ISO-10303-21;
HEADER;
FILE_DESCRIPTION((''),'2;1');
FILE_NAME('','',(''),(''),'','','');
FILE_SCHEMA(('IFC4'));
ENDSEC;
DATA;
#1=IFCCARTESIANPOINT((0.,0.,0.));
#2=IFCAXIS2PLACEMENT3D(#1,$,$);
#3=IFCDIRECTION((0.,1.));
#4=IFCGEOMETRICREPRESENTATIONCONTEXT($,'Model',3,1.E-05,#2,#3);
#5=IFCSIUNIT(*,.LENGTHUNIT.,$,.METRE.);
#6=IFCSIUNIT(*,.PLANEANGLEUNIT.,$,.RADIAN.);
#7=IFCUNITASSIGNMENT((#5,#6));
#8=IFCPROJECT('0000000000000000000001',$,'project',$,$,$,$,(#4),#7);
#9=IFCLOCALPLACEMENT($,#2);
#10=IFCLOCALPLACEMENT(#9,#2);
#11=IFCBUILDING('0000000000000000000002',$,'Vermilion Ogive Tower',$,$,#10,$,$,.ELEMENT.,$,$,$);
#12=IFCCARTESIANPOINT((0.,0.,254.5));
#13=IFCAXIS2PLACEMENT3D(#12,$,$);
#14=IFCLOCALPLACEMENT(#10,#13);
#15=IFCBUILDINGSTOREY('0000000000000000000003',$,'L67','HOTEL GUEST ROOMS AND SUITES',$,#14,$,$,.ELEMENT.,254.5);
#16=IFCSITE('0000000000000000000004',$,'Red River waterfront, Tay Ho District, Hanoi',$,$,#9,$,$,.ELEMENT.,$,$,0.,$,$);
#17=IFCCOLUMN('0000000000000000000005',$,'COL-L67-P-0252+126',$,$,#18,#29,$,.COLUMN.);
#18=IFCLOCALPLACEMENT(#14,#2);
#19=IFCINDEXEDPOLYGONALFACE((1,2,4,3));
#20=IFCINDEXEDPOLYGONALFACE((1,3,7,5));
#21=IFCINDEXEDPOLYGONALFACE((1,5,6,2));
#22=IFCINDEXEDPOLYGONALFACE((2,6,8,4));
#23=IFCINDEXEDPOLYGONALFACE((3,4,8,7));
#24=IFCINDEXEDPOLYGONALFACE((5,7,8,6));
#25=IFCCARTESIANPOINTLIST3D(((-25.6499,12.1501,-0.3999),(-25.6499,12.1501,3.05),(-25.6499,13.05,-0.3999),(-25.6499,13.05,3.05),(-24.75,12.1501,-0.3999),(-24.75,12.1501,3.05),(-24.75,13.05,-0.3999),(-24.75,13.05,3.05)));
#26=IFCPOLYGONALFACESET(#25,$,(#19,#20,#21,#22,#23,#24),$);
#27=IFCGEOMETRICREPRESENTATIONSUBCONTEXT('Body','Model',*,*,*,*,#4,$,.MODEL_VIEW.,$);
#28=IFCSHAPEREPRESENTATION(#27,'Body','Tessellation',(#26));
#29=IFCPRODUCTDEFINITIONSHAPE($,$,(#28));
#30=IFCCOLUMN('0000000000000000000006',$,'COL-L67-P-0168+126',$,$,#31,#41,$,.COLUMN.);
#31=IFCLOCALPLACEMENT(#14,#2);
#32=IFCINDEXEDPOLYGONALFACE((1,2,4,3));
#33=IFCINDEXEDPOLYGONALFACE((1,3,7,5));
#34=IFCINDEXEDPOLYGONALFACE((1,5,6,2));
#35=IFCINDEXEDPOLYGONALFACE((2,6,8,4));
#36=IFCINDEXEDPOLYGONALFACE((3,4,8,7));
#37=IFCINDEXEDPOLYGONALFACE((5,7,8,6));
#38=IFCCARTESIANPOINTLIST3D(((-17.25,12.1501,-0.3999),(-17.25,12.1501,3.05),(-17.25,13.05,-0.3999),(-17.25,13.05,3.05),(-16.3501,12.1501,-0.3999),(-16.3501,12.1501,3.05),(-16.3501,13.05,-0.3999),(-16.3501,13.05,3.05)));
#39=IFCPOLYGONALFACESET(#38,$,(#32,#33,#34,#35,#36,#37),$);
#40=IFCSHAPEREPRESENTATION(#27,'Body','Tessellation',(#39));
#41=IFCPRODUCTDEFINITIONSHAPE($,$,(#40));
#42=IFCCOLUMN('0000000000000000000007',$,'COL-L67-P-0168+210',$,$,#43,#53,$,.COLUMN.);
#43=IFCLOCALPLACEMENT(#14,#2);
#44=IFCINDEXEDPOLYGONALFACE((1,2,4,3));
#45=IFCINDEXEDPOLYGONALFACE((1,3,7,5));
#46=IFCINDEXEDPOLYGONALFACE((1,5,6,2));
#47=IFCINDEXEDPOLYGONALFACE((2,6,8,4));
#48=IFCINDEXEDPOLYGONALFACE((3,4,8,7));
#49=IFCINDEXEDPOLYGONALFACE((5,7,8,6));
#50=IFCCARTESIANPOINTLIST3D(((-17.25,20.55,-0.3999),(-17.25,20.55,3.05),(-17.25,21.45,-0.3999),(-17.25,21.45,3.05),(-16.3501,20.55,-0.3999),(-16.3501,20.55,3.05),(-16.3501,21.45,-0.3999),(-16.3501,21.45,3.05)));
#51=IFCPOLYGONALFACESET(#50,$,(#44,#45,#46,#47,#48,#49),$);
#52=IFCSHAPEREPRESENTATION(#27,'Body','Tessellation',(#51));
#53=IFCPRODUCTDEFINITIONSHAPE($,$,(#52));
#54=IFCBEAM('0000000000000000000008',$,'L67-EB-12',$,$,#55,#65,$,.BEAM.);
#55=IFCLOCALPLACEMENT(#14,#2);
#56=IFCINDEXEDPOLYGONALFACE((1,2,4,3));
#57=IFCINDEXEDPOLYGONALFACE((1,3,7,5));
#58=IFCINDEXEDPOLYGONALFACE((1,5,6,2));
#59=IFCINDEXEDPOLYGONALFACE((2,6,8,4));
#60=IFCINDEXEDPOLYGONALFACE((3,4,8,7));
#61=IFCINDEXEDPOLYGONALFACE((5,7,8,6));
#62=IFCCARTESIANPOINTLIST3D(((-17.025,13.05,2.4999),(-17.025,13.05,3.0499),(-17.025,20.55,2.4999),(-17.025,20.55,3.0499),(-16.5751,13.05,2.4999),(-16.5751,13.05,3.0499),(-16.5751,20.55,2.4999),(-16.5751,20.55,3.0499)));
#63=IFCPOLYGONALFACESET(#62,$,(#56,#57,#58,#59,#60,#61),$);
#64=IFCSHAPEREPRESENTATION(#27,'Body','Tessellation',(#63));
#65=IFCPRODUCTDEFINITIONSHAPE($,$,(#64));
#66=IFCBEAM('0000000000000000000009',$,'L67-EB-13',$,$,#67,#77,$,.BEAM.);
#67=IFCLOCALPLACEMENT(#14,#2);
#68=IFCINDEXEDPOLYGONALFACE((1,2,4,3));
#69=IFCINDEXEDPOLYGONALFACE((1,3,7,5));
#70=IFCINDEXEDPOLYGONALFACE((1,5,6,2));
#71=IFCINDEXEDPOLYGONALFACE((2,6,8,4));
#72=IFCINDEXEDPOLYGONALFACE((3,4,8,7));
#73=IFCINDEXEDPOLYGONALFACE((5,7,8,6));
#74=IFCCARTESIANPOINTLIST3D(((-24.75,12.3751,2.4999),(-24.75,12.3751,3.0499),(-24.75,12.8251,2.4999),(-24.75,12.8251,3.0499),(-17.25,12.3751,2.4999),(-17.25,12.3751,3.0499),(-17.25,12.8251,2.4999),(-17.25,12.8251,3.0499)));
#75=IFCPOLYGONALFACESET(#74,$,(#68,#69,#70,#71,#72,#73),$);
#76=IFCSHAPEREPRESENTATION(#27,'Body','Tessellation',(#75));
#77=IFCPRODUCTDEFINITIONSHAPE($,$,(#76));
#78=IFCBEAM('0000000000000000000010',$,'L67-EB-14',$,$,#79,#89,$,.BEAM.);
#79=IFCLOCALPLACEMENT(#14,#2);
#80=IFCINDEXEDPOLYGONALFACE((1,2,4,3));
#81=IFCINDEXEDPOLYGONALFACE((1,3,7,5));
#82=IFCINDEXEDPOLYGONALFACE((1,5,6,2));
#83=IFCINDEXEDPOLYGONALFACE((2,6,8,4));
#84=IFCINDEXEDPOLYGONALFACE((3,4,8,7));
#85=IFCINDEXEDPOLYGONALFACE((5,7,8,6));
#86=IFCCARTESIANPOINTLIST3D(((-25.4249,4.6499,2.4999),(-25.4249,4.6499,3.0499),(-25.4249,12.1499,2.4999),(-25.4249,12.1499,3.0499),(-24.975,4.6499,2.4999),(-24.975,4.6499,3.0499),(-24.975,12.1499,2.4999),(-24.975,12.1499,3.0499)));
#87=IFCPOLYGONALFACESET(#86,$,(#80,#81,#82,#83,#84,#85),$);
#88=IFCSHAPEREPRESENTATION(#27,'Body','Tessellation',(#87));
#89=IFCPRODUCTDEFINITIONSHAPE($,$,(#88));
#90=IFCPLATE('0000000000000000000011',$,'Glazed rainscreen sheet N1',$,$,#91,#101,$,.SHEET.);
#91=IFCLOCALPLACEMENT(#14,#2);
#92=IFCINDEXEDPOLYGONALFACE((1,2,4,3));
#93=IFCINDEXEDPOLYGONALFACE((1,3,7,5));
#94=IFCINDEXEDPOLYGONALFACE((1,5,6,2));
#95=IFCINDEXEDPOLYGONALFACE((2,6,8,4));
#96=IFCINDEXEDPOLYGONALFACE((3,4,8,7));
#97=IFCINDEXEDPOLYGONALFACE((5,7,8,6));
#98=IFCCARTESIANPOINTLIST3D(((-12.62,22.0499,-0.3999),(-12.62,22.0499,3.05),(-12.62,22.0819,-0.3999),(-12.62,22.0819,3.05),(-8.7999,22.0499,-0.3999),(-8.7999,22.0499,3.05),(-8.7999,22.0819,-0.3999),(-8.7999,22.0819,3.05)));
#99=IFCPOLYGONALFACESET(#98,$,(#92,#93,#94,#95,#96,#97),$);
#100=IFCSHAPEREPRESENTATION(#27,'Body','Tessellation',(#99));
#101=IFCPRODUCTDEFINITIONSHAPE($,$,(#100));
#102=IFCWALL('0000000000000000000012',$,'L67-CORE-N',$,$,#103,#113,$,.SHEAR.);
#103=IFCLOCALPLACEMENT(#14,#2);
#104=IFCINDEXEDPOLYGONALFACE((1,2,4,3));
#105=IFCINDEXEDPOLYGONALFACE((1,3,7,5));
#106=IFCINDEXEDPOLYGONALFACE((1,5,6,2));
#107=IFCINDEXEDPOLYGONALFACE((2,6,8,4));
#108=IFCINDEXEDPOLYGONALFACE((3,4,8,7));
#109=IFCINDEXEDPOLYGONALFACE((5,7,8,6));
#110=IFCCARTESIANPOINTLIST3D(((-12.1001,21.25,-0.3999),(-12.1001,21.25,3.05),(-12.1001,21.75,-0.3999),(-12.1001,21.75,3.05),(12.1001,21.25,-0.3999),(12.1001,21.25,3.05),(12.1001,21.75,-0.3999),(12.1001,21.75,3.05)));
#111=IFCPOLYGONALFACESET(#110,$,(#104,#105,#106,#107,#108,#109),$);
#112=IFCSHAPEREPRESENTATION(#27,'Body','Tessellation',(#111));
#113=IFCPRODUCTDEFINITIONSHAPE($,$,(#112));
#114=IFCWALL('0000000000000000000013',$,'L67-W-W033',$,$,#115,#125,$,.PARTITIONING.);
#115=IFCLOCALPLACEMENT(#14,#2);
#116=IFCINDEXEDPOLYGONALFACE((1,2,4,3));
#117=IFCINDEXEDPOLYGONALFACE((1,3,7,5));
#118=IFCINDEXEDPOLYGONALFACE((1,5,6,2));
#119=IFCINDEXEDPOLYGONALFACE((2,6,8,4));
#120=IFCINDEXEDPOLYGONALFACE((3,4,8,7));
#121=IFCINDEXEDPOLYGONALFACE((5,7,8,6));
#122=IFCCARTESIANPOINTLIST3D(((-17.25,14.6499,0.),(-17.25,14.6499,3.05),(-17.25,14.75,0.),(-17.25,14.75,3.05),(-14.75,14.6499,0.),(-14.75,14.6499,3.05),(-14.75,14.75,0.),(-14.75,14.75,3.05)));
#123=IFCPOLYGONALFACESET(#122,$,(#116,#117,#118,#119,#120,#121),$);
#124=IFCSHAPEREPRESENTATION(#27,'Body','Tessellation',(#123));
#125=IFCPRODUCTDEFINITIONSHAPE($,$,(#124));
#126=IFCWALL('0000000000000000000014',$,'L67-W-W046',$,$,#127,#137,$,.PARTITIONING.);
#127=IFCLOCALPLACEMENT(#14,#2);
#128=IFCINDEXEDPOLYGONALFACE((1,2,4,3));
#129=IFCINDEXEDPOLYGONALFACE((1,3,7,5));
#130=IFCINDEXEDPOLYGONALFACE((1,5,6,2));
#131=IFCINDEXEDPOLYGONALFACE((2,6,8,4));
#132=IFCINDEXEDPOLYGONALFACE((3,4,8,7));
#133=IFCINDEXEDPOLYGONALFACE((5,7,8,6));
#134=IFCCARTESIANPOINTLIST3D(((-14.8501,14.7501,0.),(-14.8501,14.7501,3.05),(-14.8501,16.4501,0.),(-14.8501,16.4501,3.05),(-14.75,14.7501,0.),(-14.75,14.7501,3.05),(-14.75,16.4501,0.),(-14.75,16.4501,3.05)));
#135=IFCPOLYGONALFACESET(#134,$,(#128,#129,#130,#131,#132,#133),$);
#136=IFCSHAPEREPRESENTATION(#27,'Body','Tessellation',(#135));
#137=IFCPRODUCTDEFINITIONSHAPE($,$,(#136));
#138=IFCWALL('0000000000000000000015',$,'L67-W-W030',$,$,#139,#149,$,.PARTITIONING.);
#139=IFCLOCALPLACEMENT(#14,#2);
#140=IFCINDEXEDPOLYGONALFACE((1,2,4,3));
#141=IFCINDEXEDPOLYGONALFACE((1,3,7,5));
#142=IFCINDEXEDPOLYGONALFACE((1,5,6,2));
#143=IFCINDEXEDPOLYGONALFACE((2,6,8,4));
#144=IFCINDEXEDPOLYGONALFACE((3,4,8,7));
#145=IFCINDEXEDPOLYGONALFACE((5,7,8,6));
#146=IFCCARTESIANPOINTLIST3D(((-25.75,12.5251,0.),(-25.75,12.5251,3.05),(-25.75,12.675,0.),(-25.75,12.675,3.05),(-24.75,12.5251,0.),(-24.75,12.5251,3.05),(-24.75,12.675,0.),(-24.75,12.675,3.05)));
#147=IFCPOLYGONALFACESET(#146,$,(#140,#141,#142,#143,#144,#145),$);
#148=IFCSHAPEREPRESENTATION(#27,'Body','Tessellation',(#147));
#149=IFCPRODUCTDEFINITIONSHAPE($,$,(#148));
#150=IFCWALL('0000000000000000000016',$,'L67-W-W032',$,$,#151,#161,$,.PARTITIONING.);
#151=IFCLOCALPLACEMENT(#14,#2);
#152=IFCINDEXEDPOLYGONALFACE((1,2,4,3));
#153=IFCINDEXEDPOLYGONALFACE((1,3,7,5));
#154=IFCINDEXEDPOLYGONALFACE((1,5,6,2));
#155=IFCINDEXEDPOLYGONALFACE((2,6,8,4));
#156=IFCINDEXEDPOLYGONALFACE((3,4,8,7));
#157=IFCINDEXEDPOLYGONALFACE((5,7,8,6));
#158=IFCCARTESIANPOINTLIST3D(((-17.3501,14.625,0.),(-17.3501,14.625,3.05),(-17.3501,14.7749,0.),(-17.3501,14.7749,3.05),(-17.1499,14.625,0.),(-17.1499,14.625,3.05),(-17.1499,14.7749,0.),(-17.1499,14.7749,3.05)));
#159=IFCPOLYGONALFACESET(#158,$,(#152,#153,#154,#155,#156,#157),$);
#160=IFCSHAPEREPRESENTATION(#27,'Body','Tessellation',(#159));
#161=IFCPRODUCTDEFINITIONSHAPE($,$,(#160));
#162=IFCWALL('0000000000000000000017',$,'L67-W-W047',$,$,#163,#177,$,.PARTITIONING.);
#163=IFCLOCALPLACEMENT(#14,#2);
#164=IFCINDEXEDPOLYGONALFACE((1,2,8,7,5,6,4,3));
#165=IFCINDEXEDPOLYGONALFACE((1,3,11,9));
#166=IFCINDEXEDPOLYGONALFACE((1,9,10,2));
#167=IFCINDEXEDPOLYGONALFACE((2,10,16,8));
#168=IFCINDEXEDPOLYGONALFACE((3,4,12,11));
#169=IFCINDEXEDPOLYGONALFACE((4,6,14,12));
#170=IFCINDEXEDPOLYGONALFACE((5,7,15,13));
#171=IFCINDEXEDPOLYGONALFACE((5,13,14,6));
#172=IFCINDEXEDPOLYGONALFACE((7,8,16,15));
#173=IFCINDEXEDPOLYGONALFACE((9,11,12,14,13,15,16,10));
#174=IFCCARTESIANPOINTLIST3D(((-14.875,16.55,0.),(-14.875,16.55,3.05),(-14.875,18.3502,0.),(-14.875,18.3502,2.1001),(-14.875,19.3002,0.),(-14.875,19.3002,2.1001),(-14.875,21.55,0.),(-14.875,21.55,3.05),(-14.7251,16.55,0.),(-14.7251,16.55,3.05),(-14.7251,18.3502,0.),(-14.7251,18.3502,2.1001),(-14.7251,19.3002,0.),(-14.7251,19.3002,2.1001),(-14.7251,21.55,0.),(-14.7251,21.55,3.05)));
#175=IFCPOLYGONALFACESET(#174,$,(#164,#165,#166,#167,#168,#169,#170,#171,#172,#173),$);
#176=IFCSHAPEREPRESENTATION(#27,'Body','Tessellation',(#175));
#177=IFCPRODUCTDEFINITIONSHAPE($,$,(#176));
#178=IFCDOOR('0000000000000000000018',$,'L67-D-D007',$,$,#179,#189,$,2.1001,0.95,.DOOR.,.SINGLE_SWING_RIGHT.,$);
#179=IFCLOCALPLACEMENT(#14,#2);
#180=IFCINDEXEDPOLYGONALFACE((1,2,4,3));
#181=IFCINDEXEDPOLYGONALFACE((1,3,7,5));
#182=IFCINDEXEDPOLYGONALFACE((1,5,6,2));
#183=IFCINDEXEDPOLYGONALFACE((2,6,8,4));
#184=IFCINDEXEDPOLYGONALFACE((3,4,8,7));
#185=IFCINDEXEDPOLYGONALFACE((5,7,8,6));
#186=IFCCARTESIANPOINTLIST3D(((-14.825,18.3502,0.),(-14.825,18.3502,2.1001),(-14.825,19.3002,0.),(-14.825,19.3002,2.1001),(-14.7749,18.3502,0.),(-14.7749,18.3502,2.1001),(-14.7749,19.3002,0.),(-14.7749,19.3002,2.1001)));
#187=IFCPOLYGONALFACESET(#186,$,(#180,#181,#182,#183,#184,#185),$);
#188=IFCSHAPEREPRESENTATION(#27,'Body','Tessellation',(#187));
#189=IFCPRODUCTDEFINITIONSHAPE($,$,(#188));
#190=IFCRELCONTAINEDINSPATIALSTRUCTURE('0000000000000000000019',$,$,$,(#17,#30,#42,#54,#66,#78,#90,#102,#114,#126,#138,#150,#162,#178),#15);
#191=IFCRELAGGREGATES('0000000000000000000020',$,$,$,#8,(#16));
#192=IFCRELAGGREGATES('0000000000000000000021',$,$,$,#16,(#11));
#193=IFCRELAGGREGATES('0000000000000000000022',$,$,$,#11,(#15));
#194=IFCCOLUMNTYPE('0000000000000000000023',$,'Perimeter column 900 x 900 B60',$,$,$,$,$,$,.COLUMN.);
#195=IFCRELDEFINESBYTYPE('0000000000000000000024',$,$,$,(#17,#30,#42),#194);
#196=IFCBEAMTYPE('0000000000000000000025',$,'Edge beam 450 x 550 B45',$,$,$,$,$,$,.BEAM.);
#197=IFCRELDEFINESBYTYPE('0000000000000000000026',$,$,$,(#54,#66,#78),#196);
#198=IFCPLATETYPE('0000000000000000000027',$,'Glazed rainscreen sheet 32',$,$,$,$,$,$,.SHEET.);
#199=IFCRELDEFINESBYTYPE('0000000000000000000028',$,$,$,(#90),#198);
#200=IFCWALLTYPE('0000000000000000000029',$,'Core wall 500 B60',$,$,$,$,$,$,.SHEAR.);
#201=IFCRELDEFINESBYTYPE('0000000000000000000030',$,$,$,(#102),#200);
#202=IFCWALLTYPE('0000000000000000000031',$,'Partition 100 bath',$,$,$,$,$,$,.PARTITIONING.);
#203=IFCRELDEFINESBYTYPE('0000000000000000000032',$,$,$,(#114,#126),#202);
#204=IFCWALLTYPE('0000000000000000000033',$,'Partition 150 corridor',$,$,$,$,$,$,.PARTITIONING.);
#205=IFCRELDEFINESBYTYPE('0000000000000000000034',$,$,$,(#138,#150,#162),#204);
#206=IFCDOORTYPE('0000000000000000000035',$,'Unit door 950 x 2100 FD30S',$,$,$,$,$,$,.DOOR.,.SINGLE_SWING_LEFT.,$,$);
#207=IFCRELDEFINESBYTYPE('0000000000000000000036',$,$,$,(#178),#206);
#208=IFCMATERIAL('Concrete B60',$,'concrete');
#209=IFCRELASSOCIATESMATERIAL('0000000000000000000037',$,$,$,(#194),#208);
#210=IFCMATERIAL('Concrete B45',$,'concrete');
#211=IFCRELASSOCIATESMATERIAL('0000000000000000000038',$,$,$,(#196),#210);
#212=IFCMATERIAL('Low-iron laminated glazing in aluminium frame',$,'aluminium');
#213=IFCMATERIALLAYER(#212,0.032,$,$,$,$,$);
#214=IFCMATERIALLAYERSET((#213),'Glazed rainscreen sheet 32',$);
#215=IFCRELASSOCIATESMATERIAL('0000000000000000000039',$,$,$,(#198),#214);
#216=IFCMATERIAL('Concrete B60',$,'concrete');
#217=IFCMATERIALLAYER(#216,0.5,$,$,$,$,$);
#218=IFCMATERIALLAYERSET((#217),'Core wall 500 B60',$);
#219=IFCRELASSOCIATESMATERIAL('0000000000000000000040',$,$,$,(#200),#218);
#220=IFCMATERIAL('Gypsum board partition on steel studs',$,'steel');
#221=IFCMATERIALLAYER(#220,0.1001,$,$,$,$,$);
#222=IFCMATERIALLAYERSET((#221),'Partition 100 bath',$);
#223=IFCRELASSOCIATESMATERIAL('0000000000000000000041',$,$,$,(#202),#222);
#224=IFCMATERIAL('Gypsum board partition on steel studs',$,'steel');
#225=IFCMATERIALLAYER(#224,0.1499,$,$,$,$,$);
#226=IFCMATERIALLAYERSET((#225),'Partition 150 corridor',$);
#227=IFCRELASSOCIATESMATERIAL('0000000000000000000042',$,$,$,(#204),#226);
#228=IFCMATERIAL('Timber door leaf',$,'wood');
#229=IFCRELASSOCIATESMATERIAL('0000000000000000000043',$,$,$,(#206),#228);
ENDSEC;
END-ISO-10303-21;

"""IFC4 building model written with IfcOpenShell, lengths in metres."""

from ifc_helpers import new_model, si_unit, direction, frame, frame_2d, origin, origin_2d, place, context, subcontext, project, spatial, rectangle, extrude, material, layer, layer_set, material_profile, profile_set, type_object, element, fill, save


model = new_model("IFC4")

# Units and contexts
model_context = context("Model", 3, precision=1e-05, world=origin(), true_north=direction((0.0, 1.0)))
body_context = subcontext(model_context, "Body", "Model", "MODEL_VIEW")
ifc_project = project(units=[si_unit("LENGTHUNIT", "METRE"), si_unit("PLANEANGLEUNIT", "RADIAN")], contexts=[model_context])

# Site, building, storey
site_placement = place(None, origin())
site = spatial("IfcSite", under=ifc_project, at=site_placement, Name="Red River waterfront, Tay Ho District, Hanoi", CompositionType="ELEMENT", RefElevation=0.0)
building_placement = place(site_placement, origin())
building = spatial("IfcBuilding", under=site, at=building_placement, Name="Vermilion Ogive Tower", CompositionType="ELEMENT")
storey_placement = place(building_placement, frame((0.0, 0.0, 254.5)))
storey = spatial("IfcBuildingStorey", under=building, at=storey_placement, Name="L67", Description="HOTEL GUEST ROOMS AND SUITES", CompositionType="ELEMENT", Elevation=254.5)

# Columns
ifc_material_1 = material(Name="Concrete B60", Category="concrete")
ifc_material_profile_1 = material_profile(ifc_material_1, rectangle(XDim=0.8999, YDim=0.8999, at=origin_2d()), Name="900 x 900")
ifc_profile_set_1 = profile_set([ifc_material_profile_1], Name="Concrete B60")
column_type = type_object("IfcColumnType", Name="Perimeter column 900 x 900 B60", PredefinedType="COLUMN", material=ifc_profile_set_1)
for number, where, z_axis, x_axis, name in (
    (1, (-25.2, 12.6001, -0.3999), (0.0, 0.0, 1.0), (1.0, 0.0, 0.0), "COL-L67-P-0252+126"),
    (2, (-16.8, 12.6001, -0.3999), (0.0, 0.0, 1.0), (1.0, 0.0, 0.0), "COL-L67-P-0168+126"),
    (3, (-16.8, 21.0, -0.3999), (0.0, 0.0, 1.0), (1.0, 0.0, 0.0), "COL-L67-P-0168+210"),
):
    element("IfcColumn", number, at=place(storey_placement, frame(where, z_axis=z_axis, x_axis=x_axis)), inside=storey, type_object=column_type, Name=name, PredefinedType="COLUMN", context=body_context, shape_type="SweptSolid", body=[
        extrude(rectangle(XDim=0.8999, YDim=0.8999, at=origin_2d()), origin(), (0.0, 0.0, 1.0), 3.45),
    ])

# Beams
ifc_material_2 = material(Name="Concrete B45", Category="concrete")
ifc_material_profile_2 = material_profile(ifc_material_2, rectangle(XDim=0.45, YDim=0.55, at=origin_2d()), Name="450 x 550")
ifc_profile_set_2 = profile_set([ifc_material_profile_2], Name="Concrete B45")
beam_type = type_object("IfcBeamType", Name="Edge beam 450 x 550 B45", PredefinedType="BEAM", material=ifc_profile_set_2)
for number, where, z_axis, x_axis, name in (
    (4, (-16.8, 20.55, 2.7749), (0.0, -1.0, 0.0), (1.0, 0.0, 0.0), "L67-EB-12"),
    (5, (-17.25, 12.6001, 2.7749), (-1.0, 0.0, 0.0), (0.0, -1.0, 0.0), "L67-EB-13"),
    (6, (-25.2, 12.1499, 2.7749), (0.0, -1.0, 0.0), (1.0, 0.0, 0.0), "L67-EB-14"),
):
    element("IfcBeam", number, at=place(storey_placement, frame(where, z_axis=z_axis, x_axis=x_axis)), inside=storey, type_object=beam_type, Name=name, PredefinedType="BEAM", context=body_context, shape_type="SweptSolid", body=[
        extrude(rectangle(XDim=0.45, YDim=0.55, at=origin_2d()), origin(), (0.0, 0.0, 1.0), 7.5),
    ])

# Plate
ifc_material_3 = material(Name="Low-iron laminated glazing in aluminium frame", Category="aluminium")
ifc_layer_1 = layer(ifc_material_3, 0.032)
ifc_layer_set_1 = layer_set([ifc_layer_1], Name="Glazed rainscreen sheet 32")
plate_type = type_object("IfcPlateType", Name="Glazed rainscreen sheet 32", PredefinedType="SHEET", material=ifc_layer_set_1)
plate_placement = place(storey_placement, frame((-10.71, 22.0659, -0.3999), z_axis=(0.0, 0.0, 1.0), x_axis=(1.0, 0.0, 0.0)))
element("IfcPlate", 7, at=plate_placement, inside=storey, type_object=plate_type, Name="Glazed rainscreen sheet N1", PredefinedType="SHEET", context=body_context, shape_type="SweptSolid", body=[
    extrude(rectangle(XDim=3.8201, YDim=0.032, at=origin_2d()), origin(), (0.0, 0.0, 1.0), 3.45),
])

# Walls
ifc_material_4 = material(Name="Concrete B60", Category="concrete")
ifc_layer_2 = layer(ifc_material_4, 0.5)
ifc_layer_set_2 = layer_set([ifc_layer_2], Name="Core wall 500 B60")
wall_type_1 = type_object("IfcWallType", Name="Core wall 500 B60", PredefinedType="SHEAR", material=ifc_layer_set_2)
wall_1_placement = place(storey_placement, frame((-12.1001, 21.5, -0.3999), z_axis=(0.0, 0.0, 1.0), x_axis=(1.0, 0.0, 0.0)))
element("IfcWall", 8, at=wall_1_placement, inside=storey, type_object=wall_type_1, Name="L67-CORE-N", PredefinedType="SHEAR", context=body_context, shape_type="SweptSolid", body=[
    extrude(rectangle(XDim=24.2002, YDim=0.5, at=frame_2d((12.1001, 0.0))), origin(), (0.0, 0.0, 1.0), 3.45),
])
ifc_material_5 = material(Name="Gypsum board partition on steel studs", Category="steel")
ifc_layer_3 = layer(ifc_material_5, 0.1001)
ifc_layer_set_3 = layer_set([ifc_layer_3], Name="Partition 100 bath")
wall_type_2 = type_object("IfcWallType", Name="Partition 100 bath", PredefinedType="PARTITIONING", material=ifc_layer_set_3)
wall_2_placement = place(storey_placement, frame((-17.25, 14.7, 0.0), z_axis=(0.0, 0.0, 1.0), x_axis=(1.0, 0.0, 0.0)))
element("IfcWall", 9, at=wall_2_placement, inside=storey, type_object=wall_type_2, Name="L67-W-W033", PredefinedType="PARTITIONING", context=body_context, shape_type="SweptSolid", body=[
    extrude(rectangle(XDim=2.5, YDim=0.1001, at=frame_2d((1.25, 0.0))), origin(), (0.0, 0.0, 1.0), 3.05),
])
wall_3_placement = place(storey_placement, frame((-14.8, 14.75, 0.0), z_axis=(0.0, 0.0, 1.0), x_axis=(0.0, 1.0, 0.0)))
element("IfcWall", 10, at=wall_3_placement, inside=storey, type_object=wall_type_2, Name="L67-W-W046", PredefinedType="PARTITIONING", context=body_context, shape_type="SweptSolid", body=[
    extrude(rectangle(XDim=1.7, YDim=0.1001, at=frame_2d((0.8501, 0.0))), origin(), (0.0, 0.0, 1.0), 3.05),
])
ifc_material_6 = material(Name="Gypsum board partition on steel studs", Category="steel")
ifc_layer_4 = layer(ifc_material_6, 0.1499)
ifc_layer_set_4 = layer_set([ifc_layer_4], Name="Partition 150 corridor")
wall_type_3 = type_object("IfcWallType", Name="Partition 150 corridor", PredefinedType="PARTITIONING", material=ifc_layer_set_4)
wall_4_placement = place(storey_placement, frame((-25.75, 12.6001, 0.0), z_axis=(0.0, 0.0, 1.0), x_axis=(1.0, 0.0, 0.0)))
element("IfcWall", 11, at=wall_4_placement, inside=storey, type_object=wall_type_3, Name="L67-W-W030", PredefinedType="PARTITIONING", context=body_context, shape_type="SweptSolid", body=[
    extrude(rectangle(XDim=1.0, YDim=0.1499, at=frame_2d((0.5, 0.0))), origin(), (0.0, 0.0, 1.0), 3.05),
])
wall_5_placement = place(storey_placement, frame((-17.3501, 14.7, 0.0), z_axis=(0.0, 0.0, 1.0), x_axis=(1.0, 0.0, 0.0)))
element("IfcWall", 12, at=wall_5_placement, inside=storey, type_object=wall_type_3, Name="L67-W-W032", PredefinedType="PARTITIONING", context=body_context, shape_type="SweptSolid", body=[
    extrude(rectangle(XDim=0.2002, YDim=0.1499, at=frame_2d((0.1001, 0.0))), origin(), (0.0, 0.0, 1.0), 3.05),
])

# Wall, opening, door
wall_6_placement = place(storey_placement, frame((-14.8, 16.55, 0.0), z_axis=(0.0, 0.0, 1.0), x_axis=(0.0, 1.0, 0.0)))
wall_6 = element("IfcWall", 13, at=wall_6_placement, inside=storey, type_object=wall_type_3, Name="L67-W-W047", PredefinedType="PARTITIONING", context=body_context, shape_type="SweptSolid", body=[
    extrude(rectangle(XDim=5.0, YDim=0.1499, at=frame_2d((2.5, 0.0))), origin(), (0.0, 0.0, 1.0), 3.05),
])
opening_1_placement = place(wall_6_placement, frame((1.8, 0.0, 0.0)))
opening_1 = element("IfcOpeningElement", 14, at=opening_1_placement, cuts=wall_6, PredefinedType="OPENING", context=body_context, shape_type="SweptSolid", body=[
    extrude(rectangle(XDim=0.95, YDim=2.1001, at=frame_2d((0.4751, 1.05))), frame((0.0, 0.085, 0.0), z_axis=(0.0, -1.0, 0.0), x_axis=(1.0, 0.0, 0.0)), (0.0, 0.0, 1.0), 0.1699),
])
ifc_material_7 = material(Name="Timber door leaf", Category="wood")
door_type_1 = type_object("IfcDoorType", Name="Unit door 950 x 2100 FD30S", OperationType="SINGLE_SWING_LEFT", PredefinedType="DOOR", material=ifc_material_7)
door_1_placement = place(opening_1_placement, origin())
door_1 = element("IfcDoor", 15, at=door_1_placement, inside=storey, type_object=door_type_1, Name="L67-D-D007", OperationType="SINGLE_SWING_RIGHT", OverallHeight=2.1001, OverallWidth=0.95, PredefinedType="DOOR", context=body_context, shape_type="SweptSolid", body=[
    extrude(rectangle(XDim=0.95, YDim=2.1001, at=frame_2d((0.4751, 1.05))), frame((0.0, 0.0249, 0.0), z_axis=(0.0, -1.0, 0.0), x_axis=(1.0, 0.0, 0.0)), (0.0, 0.0, 1.0), 0.05),
])
fill(opening_1, door_1)

save(model, "model.ifc")
